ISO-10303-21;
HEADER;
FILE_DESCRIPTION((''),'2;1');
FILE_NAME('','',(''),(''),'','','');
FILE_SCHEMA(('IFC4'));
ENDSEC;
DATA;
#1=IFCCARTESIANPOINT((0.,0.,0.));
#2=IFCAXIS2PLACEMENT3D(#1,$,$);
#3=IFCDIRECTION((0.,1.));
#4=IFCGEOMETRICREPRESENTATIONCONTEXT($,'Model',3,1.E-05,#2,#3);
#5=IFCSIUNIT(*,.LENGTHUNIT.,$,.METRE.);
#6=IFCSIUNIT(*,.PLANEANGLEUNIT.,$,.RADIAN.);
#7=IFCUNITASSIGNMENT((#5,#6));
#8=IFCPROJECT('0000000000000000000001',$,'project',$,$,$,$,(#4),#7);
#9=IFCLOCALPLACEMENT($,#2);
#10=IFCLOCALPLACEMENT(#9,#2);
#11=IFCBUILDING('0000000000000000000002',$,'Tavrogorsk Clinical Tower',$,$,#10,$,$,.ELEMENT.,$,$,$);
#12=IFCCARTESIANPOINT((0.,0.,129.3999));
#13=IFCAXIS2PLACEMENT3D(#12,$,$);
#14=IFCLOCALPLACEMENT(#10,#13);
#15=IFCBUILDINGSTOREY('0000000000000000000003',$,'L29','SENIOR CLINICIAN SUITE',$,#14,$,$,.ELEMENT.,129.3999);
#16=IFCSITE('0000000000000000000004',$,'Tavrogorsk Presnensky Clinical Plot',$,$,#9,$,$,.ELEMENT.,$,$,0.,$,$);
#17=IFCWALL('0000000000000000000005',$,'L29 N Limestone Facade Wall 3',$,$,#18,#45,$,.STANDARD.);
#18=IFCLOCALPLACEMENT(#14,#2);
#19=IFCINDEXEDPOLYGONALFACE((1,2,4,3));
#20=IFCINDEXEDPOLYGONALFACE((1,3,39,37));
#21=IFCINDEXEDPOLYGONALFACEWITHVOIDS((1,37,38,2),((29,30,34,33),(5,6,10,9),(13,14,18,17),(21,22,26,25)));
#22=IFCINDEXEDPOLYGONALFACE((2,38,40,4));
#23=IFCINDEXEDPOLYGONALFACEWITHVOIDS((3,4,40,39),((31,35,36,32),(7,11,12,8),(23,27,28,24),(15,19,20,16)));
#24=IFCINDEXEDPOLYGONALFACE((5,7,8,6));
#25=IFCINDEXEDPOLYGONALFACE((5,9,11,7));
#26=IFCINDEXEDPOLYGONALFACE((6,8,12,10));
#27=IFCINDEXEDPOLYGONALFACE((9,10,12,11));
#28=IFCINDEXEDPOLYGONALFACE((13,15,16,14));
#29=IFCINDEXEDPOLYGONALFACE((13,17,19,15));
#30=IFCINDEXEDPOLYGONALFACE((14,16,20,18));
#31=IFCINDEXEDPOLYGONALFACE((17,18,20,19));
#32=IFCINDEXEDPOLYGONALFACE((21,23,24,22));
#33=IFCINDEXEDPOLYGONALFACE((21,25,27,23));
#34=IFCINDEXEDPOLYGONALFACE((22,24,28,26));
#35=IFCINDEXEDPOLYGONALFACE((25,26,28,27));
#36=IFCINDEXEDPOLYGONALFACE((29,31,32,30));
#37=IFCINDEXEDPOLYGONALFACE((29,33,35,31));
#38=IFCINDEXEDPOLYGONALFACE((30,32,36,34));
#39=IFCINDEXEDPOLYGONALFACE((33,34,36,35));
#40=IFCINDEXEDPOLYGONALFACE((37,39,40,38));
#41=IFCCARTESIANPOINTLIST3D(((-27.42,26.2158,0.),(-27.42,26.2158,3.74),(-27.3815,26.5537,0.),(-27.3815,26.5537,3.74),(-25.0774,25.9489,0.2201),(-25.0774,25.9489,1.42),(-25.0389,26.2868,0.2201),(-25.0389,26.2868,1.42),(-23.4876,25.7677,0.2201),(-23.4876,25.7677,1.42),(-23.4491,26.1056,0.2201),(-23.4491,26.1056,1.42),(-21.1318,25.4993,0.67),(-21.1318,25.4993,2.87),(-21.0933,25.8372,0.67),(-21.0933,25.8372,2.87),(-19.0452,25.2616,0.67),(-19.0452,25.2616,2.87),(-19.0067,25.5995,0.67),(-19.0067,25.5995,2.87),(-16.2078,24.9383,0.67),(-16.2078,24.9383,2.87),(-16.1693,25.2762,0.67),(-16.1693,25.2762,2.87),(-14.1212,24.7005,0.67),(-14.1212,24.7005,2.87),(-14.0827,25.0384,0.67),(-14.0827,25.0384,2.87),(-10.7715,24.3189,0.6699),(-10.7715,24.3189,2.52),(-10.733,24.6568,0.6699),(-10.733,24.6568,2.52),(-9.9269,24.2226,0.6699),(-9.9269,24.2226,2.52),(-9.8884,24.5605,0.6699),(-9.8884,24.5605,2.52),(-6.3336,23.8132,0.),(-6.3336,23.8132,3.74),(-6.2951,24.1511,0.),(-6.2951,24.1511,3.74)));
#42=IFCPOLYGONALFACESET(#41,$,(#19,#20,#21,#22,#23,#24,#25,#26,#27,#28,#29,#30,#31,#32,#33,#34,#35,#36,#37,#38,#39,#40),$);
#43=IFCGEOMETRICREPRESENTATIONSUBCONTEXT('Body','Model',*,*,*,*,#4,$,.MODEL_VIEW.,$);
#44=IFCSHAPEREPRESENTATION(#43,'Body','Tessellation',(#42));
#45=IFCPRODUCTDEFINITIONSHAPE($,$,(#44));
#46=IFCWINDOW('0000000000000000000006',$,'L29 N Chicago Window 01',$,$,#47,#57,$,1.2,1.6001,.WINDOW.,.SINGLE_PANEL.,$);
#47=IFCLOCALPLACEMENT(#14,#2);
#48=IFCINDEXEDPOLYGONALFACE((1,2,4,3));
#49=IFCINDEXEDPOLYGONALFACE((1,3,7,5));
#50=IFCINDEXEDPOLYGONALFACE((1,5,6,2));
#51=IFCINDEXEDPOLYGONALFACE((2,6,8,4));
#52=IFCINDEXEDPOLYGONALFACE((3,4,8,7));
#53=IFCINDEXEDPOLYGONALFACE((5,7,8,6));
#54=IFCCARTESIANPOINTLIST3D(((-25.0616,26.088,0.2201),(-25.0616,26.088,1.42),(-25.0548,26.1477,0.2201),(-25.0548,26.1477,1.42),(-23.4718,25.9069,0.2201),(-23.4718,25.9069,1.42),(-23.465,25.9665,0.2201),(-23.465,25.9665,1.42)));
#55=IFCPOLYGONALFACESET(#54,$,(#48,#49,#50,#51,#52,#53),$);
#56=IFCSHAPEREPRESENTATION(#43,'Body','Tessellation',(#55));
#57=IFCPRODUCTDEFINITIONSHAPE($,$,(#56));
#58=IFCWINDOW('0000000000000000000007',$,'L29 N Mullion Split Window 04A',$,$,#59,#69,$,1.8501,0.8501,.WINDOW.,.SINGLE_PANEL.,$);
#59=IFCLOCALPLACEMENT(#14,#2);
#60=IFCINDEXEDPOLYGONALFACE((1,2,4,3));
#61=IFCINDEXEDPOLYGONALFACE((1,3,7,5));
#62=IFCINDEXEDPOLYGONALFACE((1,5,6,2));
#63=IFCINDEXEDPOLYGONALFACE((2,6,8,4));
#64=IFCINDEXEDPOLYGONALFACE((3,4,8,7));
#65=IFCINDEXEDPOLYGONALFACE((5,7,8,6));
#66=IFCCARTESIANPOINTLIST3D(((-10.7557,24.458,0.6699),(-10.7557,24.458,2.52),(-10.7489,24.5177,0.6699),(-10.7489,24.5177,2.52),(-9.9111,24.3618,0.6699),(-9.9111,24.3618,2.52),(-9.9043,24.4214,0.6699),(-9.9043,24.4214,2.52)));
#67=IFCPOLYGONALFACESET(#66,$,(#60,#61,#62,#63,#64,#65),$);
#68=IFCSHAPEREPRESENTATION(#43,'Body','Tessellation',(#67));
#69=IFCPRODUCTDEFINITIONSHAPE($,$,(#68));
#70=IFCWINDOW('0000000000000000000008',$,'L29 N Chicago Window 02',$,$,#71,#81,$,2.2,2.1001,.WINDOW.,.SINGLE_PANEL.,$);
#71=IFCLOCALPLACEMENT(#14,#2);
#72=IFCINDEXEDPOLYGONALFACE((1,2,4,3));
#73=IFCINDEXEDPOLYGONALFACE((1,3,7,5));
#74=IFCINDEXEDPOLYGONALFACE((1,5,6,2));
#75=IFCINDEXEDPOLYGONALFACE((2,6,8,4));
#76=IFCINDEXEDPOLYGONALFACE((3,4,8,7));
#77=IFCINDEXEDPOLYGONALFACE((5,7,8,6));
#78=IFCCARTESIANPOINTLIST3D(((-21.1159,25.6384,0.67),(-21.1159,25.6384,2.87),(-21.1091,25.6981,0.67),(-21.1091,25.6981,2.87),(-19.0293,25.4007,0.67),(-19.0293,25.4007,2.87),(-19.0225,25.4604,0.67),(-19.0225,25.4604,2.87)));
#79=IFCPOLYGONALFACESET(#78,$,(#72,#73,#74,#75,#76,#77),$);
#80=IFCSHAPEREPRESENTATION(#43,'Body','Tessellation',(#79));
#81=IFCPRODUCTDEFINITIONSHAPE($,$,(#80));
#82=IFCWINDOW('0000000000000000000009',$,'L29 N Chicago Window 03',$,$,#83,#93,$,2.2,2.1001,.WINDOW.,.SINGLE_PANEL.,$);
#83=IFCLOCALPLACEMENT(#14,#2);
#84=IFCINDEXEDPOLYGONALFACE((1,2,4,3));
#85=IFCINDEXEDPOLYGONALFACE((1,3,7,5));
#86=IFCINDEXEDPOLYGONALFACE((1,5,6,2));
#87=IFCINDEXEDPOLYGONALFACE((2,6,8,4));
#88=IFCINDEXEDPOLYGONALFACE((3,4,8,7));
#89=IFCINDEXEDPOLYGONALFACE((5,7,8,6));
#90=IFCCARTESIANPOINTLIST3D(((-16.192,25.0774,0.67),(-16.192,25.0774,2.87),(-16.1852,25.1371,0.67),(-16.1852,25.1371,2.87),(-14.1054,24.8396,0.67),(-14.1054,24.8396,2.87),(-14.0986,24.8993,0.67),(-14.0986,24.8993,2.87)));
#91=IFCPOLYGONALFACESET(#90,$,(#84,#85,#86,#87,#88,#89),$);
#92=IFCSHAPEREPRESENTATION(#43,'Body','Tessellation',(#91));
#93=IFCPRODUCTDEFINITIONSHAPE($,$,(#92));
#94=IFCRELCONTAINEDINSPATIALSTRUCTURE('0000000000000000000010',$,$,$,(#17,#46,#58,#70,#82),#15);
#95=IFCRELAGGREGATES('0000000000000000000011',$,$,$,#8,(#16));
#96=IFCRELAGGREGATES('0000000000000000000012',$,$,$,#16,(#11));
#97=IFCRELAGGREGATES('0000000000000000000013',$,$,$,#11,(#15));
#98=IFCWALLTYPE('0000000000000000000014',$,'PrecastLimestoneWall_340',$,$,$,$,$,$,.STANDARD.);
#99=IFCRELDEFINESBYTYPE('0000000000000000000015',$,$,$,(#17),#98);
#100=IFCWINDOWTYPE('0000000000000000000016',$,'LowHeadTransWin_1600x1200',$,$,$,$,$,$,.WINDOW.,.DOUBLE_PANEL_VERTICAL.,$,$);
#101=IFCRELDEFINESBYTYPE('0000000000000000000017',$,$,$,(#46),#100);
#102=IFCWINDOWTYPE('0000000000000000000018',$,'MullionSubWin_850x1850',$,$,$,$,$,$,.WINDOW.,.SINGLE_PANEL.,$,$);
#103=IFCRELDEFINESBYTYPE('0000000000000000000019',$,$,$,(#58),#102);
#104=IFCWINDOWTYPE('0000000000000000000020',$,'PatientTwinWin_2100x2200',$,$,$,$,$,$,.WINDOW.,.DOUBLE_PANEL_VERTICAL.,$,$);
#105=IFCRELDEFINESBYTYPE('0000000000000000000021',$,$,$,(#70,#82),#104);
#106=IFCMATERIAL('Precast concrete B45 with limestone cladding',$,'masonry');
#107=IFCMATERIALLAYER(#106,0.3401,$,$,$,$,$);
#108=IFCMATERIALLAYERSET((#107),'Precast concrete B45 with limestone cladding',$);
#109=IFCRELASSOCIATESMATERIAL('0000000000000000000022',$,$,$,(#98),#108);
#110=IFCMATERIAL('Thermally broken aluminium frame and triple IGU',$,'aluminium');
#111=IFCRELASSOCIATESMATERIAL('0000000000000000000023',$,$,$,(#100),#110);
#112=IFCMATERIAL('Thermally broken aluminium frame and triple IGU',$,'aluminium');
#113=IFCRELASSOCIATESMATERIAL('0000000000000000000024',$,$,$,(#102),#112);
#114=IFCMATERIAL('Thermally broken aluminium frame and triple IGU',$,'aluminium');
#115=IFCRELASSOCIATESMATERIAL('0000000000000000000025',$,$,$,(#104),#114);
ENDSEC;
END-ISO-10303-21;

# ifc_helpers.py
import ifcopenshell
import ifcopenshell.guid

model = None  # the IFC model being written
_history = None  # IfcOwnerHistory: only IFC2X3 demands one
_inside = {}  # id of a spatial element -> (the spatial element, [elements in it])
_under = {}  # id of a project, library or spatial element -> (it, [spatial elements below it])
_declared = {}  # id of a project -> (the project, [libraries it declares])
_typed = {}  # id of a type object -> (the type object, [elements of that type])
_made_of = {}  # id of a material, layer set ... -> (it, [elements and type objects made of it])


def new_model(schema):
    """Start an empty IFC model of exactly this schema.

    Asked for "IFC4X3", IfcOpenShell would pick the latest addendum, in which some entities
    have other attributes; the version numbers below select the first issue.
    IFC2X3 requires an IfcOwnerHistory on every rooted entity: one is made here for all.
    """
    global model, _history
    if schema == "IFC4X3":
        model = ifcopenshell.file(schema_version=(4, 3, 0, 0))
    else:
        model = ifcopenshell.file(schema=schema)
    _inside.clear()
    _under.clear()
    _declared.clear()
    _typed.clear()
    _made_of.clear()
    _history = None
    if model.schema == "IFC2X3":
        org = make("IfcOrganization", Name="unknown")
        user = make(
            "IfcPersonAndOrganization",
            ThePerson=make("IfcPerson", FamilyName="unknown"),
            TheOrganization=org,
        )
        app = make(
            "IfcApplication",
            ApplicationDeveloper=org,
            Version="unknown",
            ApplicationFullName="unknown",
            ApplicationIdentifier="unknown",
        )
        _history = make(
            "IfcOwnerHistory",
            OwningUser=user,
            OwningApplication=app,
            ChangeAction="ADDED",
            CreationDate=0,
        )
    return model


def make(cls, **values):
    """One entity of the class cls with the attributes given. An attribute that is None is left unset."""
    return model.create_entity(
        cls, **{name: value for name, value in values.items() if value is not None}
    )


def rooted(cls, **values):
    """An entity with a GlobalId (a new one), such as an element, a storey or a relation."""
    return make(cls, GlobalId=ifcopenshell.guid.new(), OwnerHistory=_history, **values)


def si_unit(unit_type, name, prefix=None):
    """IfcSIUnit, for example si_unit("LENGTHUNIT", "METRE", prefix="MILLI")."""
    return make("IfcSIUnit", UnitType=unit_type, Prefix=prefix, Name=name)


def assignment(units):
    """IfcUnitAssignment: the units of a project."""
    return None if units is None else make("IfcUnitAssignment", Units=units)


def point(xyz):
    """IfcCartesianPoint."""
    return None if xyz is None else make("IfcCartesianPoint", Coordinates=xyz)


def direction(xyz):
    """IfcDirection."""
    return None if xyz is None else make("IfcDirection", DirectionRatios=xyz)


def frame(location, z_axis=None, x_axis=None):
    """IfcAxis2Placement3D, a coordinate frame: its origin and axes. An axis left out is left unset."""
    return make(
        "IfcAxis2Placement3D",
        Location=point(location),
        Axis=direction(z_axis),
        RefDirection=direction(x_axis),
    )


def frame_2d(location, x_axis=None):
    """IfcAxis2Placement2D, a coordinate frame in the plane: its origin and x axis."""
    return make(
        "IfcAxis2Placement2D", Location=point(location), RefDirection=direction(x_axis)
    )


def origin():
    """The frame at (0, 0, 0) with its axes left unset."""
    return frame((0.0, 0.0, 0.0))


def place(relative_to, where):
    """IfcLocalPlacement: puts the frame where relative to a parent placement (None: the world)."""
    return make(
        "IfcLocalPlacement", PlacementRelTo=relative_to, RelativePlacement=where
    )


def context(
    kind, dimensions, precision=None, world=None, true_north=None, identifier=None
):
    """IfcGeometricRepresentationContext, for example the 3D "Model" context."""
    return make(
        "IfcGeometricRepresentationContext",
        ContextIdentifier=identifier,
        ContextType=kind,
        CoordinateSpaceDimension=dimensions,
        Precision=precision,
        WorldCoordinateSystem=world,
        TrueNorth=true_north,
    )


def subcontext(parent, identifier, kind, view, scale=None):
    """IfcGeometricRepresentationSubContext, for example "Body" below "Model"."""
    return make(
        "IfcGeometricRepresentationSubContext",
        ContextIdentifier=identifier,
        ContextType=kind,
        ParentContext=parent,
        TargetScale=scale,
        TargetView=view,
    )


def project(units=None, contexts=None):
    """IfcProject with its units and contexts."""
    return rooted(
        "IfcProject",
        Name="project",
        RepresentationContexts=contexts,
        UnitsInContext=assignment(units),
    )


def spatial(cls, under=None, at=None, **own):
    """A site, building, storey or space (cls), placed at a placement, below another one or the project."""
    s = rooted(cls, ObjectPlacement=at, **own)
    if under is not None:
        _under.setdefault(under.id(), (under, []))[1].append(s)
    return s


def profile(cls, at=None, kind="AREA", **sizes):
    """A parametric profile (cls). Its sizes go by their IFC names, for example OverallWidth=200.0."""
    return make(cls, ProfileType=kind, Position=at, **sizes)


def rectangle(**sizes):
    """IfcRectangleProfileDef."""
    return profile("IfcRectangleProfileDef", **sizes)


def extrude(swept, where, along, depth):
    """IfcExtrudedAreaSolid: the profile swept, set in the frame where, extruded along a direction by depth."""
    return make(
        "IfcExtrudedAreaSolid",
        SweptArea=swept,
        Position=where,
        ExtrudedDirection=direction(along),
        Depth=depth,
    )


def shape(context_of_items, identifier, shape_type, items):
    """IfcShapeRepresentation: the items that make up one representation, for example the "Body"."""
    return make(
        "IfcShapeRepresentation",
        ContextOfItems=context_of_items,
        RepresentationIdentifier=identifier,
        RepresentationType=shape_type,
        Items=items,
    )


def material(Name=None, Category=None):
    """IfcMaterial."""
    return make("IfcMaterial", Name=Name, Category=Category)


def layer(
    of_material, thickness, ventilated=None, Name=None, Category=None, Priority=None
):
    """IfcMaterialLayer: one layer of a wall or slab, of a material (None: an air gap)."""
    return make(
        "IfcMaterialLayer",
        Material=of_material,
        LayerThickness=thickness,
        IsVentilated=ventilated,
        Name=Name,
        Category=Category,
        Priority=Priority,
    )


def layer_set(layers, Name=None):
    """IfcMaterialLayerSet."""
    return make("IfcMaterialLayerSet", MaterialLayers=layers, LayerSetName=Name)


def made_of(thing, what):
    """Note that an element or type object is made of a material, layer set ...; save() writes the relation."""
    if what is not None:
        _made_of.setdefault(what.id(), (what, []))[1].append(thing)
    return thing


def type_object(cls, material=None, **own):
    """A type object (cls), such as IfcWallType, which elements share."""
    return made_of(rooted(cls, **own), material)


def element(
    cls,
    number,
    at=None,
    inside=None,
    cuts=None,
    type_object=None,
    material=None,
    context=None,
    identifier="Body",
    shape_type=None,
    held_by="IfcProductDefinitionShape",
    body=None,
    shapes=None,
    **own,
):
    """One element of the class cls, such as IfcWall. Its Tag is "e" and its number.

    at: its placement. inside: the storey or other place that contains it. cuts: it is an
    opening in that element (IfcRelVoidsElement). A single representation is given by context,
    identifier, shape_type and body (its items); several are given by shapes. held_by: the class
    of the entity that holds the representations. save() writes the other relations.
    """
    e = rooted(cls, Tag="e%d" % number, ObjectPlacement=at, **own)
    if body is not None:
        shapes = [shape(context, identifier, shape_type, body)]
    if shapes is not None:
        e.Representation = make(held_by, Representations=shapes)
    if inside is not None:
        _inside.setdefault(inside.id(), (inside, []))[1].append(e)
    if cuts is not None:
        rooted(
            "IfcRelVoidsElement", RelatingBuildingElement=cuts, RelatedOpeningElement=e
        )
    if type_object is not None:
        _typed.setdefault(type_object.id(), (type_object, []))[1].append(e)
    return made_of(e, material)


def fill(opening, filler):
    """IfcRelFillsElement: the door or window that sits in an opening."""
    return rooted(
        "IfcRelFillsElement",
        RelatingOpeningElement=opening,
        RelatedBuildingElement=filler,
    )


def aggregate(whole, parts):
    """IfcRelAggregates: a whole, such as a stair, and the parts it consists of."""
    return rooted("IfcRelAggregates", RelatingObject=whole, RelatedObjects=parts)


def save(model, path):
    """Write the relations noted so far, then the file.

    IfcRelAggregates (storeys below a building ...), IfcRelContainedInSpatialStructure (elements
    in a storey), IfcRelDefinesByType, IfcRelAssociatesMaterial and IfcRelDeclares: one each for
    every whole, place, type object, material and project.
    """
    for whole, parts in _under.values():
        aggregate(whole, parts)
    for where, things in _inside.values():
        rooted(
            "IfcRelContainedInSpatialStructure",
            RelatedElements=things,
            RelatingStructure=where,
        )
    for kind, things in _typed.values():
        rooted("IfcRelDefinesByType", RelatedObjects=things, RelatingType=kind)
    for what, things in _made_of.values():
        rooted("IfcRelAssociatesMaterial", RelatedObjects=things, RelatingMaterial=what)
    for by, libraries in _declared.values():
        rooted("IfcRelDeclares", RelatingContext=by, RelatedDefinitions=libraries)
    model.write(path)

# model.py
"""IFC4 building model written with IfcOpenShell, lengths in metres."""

from ifc_helpers import new_model, si_unit, direction, frame, frame_2d, origin, place, context, subcontext, project, spatial, rectangle, extrude, material, layer, layer_set, type_object, element, fill, save


model = new_model("IFC4")

# Units and contexts
model_context = context("Model", 3, precision=1e-05, world=origin(), true_north=direction((0.0, 1.0)))
body_context = subcontext(model_context, "Body", "Model", "MODEL_VIEW")
ifc_project = project(units=[si_unit("LENGTHUNIT", "METRE"), si_unit("PLANEANGLEUNIT", "RADIAN")], contexts=[model_context])

# Site, building, storey
site_placement = place(None, origin())
site = spatial("IfcSite", under=ifc_project, at=site_placement, Name="Tavrogorsk Presnensky Clinical Plot", CompositionType="ELEMENT", RefElevation=0.0)
building_placement = place(site_placement, origin())
building = spatial("IfcBuilding", under=site, at=building_placement, Name="Tavrogorsk Clinical Tower", CompositionType="ELEMENT")
storey_placement = place(building_placement, frame((0.0, 0.0, 129.3999)))
storey = spatial("IfcBuildingStorey", under=building, at=storey_placement, Name="L29", Description="SENIOR CLINICIAN SUITE", CompositionType="ELEMENT", Elevation=129.3999)

# Wall, openings, windows
ifc_material_1 = material(Name="Precast concrete B45 with limestone cladding", Category="masonry")
ifc_layer_1 = layer(ifc_material_1, 0.3401)
ifc_layer_set_1 = layer_set([ifc_layer_1], Name="Precast concrete B45 with limestone cladding")
wall_type_1 = type_object("IfcWallType", Name="PrecastLimestoneWall_340", PredefinedType="STANDARD", material=ifc_layer_set_1)
wall_1_placement = place(storey_placement, frame((-6.3145, 23.9822, 0.0), z_axis=(0.0, 0.0, 1.0), x_axis=(-0.993571, 0.113208, 0.0)))
wall_1 = element("IfcWall", 1, at=wall_1_placement, inside=storey, type_object=wall_type_1, Name="L29 N Limestone Facade Wall 3", PredefinedType="STANDARD", context=body_context, shape_type="SweptSolid", body=[
    extrude(rectangle(XDim=21.2229, YDim=0.3401, at=frame_2d((10.6113, 0.0))), origin(), (0.0, 0.0, 1.0), 3.74),
])
opening_1_placement = place(wall_1_placement, frame((17.2649, 0.0, 0.22)))
opening_1 = element("IfcOpeningElement", 2, at=opening_1_placement, cuts=wall_1, PredefinedType="OPENING", context=body_context, shape_type="SweptSolid", body=[
    extrude(rectangle(XDim=1.6001, YDim=1.2, at=frame_2d((0.8, 0.6001))), frame((0.0, 0.1799, 0.0), z_axis=(0.0, -1.0, 0.0), x_axis=(1.0, 0.0, 0.0)), (0.0, 0.0, 1.0), 0.3601),
])
opening_2_placement = place(wall_1_placement, frame((12.7937, 0.0, 0.6699)))
opening_2 = element("IfcOpeningElement", 3, at=opening_2_placement, cuts=wall_1, PredefinedType="OPENING", context=body_context, shape_type="SweptSolid", body=[
    extrude(rectangle(XDim=2.1001, YDim=2.2, at=frame_2d((1.05, 1.1001))), frame((0.0, 0.1799, 0.0), z_axis=(0.0, -1.0, 0.0), x_axis=(1.0, 0.0, 0.0)), (0.0, 0.0, 1.0), 0.3601),
])
opening_3_placement = place(wall_1_placement, frame((7.8379, 0.0, 0.6699)))
opening_3 = element("IfcOpeningElement", 4, at=opening_3_placement, cuts=wall_1, PredefinedType="OPENING", context=body_context, shape_type="SweptSolid", body=[
    extrude(rectangle(XDim=2.1001, YDim=2.2, at=frame_2d((1.05, 1.1001))), frame((0.0, 0.1799, 0.0), z_axis=(0.0, -1.0, 0.0), x_axis=(1.0, 0.0, 0.0)), (0.0, 0.0, 1.0), 0.3601),
])
opening_4_placement = place(wall_1_placement, frame((3.6165, 0.0, 0.6699)))
opening_4 = element("IfcOpeningElement", 5, at=opening_4_placement, cuts=wall_1, PredefinedType="OPENING", context=body_context, shape_type="SweptSolid", body=[
    extrude(rectangle(XDim=0.8501, YDim=1.8501, at=frame_2d((0.425, 0.925))), frame((0.0, 0.1799, 0.0), z_axis=(0.0, -1.0, 0.0), x_axis=(1.0, 0.0, 0.0)), (0.0, 0.0, 1.0), 0.3601),
])
ifc_material_2 = material(Name="Thermally broken aluminium frame and triple IGU", Category="aluminium")
window_type_1 = type_object("IfcWindowType", Name="LowHeadTransWin_1600x1200", PartitioningType="DOUBLE_PANEL_VERTICAL", PredefinedType="WINDOW", material=ifc_material_2)
window_1_placement = place(opening_1_placement, origin())
window_1 = element("IfcWindow", 6, at=window_1_placement, inside=storey, type_object=window_type_1, Name="L29 N Chicago Window 01", OverallHeight=1.2, OverallWidth=1.6001, PartitioningType="SINGLE_PANEL", PredefinedType="WINDOW", context=body_context, shape_type="SweptSolid", body=[
    extrude(rectangle(XDim=1.6001, YDim=1.2, at=frame_2d((0.8, 0.6001))), frame((0.0, 0.03, 0.0), z_axis=(0.0, -1.0, 0.0), x_axis=(1.0, 0.0, 0.0)), (0.0, 0.0, 1.0), 0.0601),
])
fill(opening_1, window_1)
ifc_material_3 = material(Name="Thermally broken aluminium frame and triple IGU", Category="aluminium")
window_type_2 = type_object("IfcWindowType", Name="MullionSubWin_850x1850", PartitioningType="SINGLE_PANEL", PredefinedType="WINDOW", material=ifc_material_3)
window_2_placement = place(opening_4_placement, origin())
window_2 = element("IfcWindow", 7, at=window_2_placement, inside=storey, type_object=window_type_2, Name="L29 N Mullion Split Window 04A", OverallHeight=1.8501, OverallWidth=0.8501, PartitioningType="SINGLE_PANEL", PredefinedType="WINDOW", context=body_context, shape_type="SweptSolid", body=[
    extrude(rectangle(XDim=0.8501, YDim=1.8501, at=frame_2d((0.425, 0.925))), frame((0.0, 0.03, 0.0), z_axis=(0.0, -1.0, 0.0), x_axis=(1.0, 0.0, 0.0)), (0.0, 0.0, 1.0), 0.0601),
])
fill(opening_4, window_2)
ifc_material_4 = material(Name="Thermally broken aluminium frame and triple IGU", Category="aluminium")
window_type_3 = type_object("IfcWindowType", Name="PatientTwinWin_2100x2200", PartitioningType="DOUBLE_PANEL_VERTICAL", PredefinedType="WINDOW", material=ifc_material_4)
window_3_placement = place(opening_2_placement, origin())
window_3 = element("IfcWindow", 8, at=window_3_placement, inside=storey, type_object=window_type_3, Name="L29 N Chicago Window 02", OverallHeight=2.2, OverallWidth=2.1001, PartitioningType="SINGLE_PANEL", PredefinedType="WINDOW", context=body_context, shape_type="SweptSolid", body=[
    extrude(rectangle(XDim=2.1001, YDim=2.2, at=frame_2d((1.05, 1.1001))), frame((0.0, 0.03, 0.0), z_axis=(0.0, -1.0, 0.0), x_axis=(1.0, 0.0, 0.0)), (0.0, 0.0, 1.0), 0.0601),
])
fill(opening_2, window_3)
window_4_placement = place(opening_3_placement, origin())
window_4 = element("IfcWindow", 9, at=window_4_placement, inside=storey, type_object=window_type_3, Name="L29 N Chicago Window 03", OverallHeight=2.2, OverallWidth=2.1001, PartitioningType="SINGLE_PANEL", PredefinedType="WINDOW", context=body_context, shape_type="SweptSolid", body=[
    extrude(rectangle(XDim=2.1001, YDim=2.2, at=frame_2d((1.05, 1.1001))), frame((0.0, 0.03, 0.0), z_axis=(0.0, -1.0, 0.0), x_axis=(1.0, 0.0, 0.0)), (0.0, 0.0, 1.0), 0.0601),
])
fill(opening_3, window_4)

save(model, "model.ifc")
